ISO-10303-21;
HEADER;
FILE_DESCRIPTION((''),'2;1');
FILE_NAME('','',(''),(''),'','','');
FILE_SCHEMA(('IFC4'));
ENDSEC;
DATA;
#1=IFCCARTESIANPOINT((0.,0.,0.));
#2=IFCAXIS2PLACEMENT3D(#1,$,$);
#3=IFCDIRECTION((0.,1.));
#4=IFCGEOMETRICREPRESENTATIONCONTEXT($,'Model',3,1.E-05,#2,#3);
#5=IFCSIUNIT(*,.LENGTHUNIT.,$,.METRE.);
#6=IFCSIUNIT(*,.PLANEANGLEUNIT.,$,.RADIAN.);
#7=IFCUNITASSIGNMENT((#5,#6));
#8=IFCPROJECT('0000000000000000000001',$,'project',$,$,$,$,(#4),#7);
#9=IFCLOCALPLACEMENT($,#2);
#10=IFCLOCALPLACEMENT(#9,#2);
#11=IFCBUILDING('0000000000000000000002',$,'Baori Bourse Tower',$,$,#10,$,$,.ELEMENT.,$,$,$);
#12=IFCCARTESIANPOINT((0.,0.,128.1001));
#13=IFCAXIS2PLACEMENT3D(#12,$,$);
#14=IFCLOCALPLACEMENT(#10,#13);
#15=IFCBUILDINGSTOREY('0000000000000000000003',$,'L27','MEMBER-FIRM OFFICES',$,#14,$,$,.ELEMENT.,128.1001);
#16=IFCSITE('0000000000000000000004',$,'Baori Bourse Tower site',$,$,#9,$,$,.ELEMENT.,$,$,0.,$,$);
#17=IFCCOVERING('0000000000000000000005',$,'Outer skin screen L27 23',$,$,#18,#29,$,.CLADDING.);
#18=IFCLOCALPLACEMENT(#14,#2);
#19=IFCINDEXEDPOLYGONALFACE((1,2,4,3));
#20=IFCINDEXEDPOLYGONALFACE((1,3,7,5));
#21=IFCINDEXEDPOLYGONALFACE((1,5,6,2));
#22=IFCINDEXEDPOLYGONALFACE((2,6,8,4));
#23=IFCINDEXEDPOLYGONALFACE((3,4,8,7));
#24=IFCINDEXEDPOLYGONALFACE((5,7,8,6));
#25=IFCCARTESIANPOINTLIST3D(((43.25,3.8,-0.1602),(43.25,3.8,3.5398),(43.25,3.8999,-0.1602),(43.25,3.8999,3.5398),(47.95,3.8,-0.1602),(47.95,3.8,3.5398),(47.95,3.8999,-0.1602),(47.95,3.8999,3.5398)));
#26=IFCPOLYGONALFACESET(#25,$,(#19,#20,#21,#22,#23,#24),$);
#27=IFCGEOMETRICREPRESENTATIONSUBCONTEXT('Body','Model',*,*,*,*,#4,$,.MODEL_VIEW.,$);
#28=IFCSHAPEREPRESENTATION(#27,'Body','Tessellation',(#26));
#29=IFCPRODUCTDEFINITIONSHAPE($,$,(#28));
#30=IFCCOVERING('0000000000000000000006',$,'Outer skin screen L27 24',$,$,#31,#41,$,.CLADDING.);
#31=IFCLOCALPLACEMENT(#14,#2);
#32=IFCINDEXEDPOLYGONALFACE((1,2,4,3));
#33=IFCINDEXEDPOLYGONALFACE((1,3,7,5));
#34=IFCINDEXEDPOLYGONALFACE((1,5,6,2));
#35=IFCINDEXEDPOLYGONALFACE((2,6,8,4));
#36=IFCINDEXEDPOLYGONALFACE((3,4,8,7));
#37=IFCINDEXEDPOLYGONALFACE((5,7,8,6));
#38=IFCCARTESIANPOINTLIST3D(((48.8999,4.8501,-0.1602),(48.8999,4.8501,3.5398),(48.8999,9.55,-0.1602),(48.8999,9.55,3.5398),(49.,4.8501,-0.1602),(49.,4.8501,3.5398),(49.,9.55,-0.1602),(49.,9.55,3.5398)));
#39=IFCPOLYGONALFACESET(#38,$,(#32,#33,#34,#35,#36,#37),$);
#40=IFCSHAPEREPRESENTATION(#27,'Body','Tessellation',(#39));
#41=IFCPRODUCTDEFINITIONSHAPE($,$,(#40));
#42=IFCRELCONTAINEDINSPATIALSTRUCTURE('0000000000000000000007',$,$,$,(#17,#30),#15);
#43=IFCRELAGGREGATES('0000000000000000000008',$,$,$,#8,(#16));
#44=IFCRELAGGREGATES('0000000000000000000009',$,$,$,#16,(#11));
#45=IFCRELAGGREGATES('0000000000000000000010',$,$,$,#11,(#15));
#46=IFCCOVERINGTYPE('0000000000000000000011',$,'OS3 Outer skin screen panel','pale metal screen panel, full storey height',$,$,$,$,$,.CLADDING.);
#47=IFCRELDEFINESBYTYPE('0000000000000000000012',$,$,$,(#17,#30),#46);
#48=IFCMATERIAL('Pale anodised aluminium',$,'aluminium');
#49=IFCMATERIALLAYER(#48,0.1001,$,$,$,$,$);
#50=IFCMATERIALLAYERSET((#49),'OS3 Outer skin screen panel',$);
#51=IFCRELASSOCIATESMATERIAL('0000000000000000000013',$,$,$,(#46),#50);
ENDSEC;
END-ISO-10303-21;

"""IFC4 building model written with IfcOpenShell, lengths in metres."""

from ifc_helpers import new_model, si_unit, direction, frame, origin, place, context, subcontext, project, spatial, polyline, outline, extrude, material, layer, layer_set, type_object, element, save


model = new_model("IFC4")

# Units and contexts
model_context = context("Model", 3, precision=1e-05, world=origin(), true_north=direction((0.0, 1.0)))
body_context = subcontext(model_context, "Body", "Model", "MODEL_VIEW")
ifc_project = project(units=[si_unit("LENGTHUNIT", "METRE"), si_unit("PLANEANGLEUNIT", "RADIAN")], contexts=[model_context])

# Site, building, storey
site_placement = place(None, origin())
site = spatial("IfcSite", under=ifc_project, at=site_placement, Name="Baori Bourse Tower site", CompositionType="ELEMENT", RefElevation=0.0)
building_placement = place(site_placement, origin())
building = spatial("IfcBuilding", under=site, at=building_placement, Name="Baori Bourse Tower", CompositionType="ELEMENT")
storey_placement = place(building_placement, frame((0.0, 0.0, 128.1001)))
storey = spatial("IfcBuildingStorey", under=building, at=storey_placement, Name="L27", Description="MEMBER-FIRM OFFICES", CompositionType="ELEMENT", Elevation=128.1001)

# Coverings
ifc_material_1 = material(Name="Pale anodised aluminium", Category="aluminium")
ifc_layer = layer(ifc_material_1, 0.1001)
ifc_layer_set = layer_set([ifc_layer], Name="OS3 Outer skin screen panel")
covering_type_1 = type_object("IfcCoveringType", Name="OS3 Outer skin screen panel", Description="pale metal screen panel, full storey height", PredefinedType="CLADDING", material=ifc_layer_set)
covering_1_placement = place(storey_placement, frame((0.0, 0.0, -0.1602)))
element("IfcCovering", 1, at=covering_1_placement, inside=storey, type_object=covering_type_1, Name="Outer skin screen L27 23", PredefinedType="CLADDING", context=body_context, shape_type="SweptSolid", body=[
    extrude(outline(polyline([(47.95, 3.8999), (43.25, 3.8999), (43.25, 3.8), (47.95, 3.8), (47.95, 3.8999)])), origin(), (0.0, 0.0, 1.0), 3.7),
])
covering_2_placement = place(storey_placement, frame((0.0, 0.0, -0.1602)))
element("IfcCovering", 2, at=covering_2_placement, inside=storey, type_object=covering_type_1, Name="Outer skin screen L27 24", PredefinedType="CLADDING", context=body_context, shape_type="SweptSolid", body=[
    extrude(outline(polyline([(48.8999, 9.55), (48.8999, 4.8501), (49.0, 4.8501), (49.0, 9.55), (48.8999, 9.55)])), origin(), (0.0, 0.0, 1.0), 3.7),
])

save(model, "model.ifc")
